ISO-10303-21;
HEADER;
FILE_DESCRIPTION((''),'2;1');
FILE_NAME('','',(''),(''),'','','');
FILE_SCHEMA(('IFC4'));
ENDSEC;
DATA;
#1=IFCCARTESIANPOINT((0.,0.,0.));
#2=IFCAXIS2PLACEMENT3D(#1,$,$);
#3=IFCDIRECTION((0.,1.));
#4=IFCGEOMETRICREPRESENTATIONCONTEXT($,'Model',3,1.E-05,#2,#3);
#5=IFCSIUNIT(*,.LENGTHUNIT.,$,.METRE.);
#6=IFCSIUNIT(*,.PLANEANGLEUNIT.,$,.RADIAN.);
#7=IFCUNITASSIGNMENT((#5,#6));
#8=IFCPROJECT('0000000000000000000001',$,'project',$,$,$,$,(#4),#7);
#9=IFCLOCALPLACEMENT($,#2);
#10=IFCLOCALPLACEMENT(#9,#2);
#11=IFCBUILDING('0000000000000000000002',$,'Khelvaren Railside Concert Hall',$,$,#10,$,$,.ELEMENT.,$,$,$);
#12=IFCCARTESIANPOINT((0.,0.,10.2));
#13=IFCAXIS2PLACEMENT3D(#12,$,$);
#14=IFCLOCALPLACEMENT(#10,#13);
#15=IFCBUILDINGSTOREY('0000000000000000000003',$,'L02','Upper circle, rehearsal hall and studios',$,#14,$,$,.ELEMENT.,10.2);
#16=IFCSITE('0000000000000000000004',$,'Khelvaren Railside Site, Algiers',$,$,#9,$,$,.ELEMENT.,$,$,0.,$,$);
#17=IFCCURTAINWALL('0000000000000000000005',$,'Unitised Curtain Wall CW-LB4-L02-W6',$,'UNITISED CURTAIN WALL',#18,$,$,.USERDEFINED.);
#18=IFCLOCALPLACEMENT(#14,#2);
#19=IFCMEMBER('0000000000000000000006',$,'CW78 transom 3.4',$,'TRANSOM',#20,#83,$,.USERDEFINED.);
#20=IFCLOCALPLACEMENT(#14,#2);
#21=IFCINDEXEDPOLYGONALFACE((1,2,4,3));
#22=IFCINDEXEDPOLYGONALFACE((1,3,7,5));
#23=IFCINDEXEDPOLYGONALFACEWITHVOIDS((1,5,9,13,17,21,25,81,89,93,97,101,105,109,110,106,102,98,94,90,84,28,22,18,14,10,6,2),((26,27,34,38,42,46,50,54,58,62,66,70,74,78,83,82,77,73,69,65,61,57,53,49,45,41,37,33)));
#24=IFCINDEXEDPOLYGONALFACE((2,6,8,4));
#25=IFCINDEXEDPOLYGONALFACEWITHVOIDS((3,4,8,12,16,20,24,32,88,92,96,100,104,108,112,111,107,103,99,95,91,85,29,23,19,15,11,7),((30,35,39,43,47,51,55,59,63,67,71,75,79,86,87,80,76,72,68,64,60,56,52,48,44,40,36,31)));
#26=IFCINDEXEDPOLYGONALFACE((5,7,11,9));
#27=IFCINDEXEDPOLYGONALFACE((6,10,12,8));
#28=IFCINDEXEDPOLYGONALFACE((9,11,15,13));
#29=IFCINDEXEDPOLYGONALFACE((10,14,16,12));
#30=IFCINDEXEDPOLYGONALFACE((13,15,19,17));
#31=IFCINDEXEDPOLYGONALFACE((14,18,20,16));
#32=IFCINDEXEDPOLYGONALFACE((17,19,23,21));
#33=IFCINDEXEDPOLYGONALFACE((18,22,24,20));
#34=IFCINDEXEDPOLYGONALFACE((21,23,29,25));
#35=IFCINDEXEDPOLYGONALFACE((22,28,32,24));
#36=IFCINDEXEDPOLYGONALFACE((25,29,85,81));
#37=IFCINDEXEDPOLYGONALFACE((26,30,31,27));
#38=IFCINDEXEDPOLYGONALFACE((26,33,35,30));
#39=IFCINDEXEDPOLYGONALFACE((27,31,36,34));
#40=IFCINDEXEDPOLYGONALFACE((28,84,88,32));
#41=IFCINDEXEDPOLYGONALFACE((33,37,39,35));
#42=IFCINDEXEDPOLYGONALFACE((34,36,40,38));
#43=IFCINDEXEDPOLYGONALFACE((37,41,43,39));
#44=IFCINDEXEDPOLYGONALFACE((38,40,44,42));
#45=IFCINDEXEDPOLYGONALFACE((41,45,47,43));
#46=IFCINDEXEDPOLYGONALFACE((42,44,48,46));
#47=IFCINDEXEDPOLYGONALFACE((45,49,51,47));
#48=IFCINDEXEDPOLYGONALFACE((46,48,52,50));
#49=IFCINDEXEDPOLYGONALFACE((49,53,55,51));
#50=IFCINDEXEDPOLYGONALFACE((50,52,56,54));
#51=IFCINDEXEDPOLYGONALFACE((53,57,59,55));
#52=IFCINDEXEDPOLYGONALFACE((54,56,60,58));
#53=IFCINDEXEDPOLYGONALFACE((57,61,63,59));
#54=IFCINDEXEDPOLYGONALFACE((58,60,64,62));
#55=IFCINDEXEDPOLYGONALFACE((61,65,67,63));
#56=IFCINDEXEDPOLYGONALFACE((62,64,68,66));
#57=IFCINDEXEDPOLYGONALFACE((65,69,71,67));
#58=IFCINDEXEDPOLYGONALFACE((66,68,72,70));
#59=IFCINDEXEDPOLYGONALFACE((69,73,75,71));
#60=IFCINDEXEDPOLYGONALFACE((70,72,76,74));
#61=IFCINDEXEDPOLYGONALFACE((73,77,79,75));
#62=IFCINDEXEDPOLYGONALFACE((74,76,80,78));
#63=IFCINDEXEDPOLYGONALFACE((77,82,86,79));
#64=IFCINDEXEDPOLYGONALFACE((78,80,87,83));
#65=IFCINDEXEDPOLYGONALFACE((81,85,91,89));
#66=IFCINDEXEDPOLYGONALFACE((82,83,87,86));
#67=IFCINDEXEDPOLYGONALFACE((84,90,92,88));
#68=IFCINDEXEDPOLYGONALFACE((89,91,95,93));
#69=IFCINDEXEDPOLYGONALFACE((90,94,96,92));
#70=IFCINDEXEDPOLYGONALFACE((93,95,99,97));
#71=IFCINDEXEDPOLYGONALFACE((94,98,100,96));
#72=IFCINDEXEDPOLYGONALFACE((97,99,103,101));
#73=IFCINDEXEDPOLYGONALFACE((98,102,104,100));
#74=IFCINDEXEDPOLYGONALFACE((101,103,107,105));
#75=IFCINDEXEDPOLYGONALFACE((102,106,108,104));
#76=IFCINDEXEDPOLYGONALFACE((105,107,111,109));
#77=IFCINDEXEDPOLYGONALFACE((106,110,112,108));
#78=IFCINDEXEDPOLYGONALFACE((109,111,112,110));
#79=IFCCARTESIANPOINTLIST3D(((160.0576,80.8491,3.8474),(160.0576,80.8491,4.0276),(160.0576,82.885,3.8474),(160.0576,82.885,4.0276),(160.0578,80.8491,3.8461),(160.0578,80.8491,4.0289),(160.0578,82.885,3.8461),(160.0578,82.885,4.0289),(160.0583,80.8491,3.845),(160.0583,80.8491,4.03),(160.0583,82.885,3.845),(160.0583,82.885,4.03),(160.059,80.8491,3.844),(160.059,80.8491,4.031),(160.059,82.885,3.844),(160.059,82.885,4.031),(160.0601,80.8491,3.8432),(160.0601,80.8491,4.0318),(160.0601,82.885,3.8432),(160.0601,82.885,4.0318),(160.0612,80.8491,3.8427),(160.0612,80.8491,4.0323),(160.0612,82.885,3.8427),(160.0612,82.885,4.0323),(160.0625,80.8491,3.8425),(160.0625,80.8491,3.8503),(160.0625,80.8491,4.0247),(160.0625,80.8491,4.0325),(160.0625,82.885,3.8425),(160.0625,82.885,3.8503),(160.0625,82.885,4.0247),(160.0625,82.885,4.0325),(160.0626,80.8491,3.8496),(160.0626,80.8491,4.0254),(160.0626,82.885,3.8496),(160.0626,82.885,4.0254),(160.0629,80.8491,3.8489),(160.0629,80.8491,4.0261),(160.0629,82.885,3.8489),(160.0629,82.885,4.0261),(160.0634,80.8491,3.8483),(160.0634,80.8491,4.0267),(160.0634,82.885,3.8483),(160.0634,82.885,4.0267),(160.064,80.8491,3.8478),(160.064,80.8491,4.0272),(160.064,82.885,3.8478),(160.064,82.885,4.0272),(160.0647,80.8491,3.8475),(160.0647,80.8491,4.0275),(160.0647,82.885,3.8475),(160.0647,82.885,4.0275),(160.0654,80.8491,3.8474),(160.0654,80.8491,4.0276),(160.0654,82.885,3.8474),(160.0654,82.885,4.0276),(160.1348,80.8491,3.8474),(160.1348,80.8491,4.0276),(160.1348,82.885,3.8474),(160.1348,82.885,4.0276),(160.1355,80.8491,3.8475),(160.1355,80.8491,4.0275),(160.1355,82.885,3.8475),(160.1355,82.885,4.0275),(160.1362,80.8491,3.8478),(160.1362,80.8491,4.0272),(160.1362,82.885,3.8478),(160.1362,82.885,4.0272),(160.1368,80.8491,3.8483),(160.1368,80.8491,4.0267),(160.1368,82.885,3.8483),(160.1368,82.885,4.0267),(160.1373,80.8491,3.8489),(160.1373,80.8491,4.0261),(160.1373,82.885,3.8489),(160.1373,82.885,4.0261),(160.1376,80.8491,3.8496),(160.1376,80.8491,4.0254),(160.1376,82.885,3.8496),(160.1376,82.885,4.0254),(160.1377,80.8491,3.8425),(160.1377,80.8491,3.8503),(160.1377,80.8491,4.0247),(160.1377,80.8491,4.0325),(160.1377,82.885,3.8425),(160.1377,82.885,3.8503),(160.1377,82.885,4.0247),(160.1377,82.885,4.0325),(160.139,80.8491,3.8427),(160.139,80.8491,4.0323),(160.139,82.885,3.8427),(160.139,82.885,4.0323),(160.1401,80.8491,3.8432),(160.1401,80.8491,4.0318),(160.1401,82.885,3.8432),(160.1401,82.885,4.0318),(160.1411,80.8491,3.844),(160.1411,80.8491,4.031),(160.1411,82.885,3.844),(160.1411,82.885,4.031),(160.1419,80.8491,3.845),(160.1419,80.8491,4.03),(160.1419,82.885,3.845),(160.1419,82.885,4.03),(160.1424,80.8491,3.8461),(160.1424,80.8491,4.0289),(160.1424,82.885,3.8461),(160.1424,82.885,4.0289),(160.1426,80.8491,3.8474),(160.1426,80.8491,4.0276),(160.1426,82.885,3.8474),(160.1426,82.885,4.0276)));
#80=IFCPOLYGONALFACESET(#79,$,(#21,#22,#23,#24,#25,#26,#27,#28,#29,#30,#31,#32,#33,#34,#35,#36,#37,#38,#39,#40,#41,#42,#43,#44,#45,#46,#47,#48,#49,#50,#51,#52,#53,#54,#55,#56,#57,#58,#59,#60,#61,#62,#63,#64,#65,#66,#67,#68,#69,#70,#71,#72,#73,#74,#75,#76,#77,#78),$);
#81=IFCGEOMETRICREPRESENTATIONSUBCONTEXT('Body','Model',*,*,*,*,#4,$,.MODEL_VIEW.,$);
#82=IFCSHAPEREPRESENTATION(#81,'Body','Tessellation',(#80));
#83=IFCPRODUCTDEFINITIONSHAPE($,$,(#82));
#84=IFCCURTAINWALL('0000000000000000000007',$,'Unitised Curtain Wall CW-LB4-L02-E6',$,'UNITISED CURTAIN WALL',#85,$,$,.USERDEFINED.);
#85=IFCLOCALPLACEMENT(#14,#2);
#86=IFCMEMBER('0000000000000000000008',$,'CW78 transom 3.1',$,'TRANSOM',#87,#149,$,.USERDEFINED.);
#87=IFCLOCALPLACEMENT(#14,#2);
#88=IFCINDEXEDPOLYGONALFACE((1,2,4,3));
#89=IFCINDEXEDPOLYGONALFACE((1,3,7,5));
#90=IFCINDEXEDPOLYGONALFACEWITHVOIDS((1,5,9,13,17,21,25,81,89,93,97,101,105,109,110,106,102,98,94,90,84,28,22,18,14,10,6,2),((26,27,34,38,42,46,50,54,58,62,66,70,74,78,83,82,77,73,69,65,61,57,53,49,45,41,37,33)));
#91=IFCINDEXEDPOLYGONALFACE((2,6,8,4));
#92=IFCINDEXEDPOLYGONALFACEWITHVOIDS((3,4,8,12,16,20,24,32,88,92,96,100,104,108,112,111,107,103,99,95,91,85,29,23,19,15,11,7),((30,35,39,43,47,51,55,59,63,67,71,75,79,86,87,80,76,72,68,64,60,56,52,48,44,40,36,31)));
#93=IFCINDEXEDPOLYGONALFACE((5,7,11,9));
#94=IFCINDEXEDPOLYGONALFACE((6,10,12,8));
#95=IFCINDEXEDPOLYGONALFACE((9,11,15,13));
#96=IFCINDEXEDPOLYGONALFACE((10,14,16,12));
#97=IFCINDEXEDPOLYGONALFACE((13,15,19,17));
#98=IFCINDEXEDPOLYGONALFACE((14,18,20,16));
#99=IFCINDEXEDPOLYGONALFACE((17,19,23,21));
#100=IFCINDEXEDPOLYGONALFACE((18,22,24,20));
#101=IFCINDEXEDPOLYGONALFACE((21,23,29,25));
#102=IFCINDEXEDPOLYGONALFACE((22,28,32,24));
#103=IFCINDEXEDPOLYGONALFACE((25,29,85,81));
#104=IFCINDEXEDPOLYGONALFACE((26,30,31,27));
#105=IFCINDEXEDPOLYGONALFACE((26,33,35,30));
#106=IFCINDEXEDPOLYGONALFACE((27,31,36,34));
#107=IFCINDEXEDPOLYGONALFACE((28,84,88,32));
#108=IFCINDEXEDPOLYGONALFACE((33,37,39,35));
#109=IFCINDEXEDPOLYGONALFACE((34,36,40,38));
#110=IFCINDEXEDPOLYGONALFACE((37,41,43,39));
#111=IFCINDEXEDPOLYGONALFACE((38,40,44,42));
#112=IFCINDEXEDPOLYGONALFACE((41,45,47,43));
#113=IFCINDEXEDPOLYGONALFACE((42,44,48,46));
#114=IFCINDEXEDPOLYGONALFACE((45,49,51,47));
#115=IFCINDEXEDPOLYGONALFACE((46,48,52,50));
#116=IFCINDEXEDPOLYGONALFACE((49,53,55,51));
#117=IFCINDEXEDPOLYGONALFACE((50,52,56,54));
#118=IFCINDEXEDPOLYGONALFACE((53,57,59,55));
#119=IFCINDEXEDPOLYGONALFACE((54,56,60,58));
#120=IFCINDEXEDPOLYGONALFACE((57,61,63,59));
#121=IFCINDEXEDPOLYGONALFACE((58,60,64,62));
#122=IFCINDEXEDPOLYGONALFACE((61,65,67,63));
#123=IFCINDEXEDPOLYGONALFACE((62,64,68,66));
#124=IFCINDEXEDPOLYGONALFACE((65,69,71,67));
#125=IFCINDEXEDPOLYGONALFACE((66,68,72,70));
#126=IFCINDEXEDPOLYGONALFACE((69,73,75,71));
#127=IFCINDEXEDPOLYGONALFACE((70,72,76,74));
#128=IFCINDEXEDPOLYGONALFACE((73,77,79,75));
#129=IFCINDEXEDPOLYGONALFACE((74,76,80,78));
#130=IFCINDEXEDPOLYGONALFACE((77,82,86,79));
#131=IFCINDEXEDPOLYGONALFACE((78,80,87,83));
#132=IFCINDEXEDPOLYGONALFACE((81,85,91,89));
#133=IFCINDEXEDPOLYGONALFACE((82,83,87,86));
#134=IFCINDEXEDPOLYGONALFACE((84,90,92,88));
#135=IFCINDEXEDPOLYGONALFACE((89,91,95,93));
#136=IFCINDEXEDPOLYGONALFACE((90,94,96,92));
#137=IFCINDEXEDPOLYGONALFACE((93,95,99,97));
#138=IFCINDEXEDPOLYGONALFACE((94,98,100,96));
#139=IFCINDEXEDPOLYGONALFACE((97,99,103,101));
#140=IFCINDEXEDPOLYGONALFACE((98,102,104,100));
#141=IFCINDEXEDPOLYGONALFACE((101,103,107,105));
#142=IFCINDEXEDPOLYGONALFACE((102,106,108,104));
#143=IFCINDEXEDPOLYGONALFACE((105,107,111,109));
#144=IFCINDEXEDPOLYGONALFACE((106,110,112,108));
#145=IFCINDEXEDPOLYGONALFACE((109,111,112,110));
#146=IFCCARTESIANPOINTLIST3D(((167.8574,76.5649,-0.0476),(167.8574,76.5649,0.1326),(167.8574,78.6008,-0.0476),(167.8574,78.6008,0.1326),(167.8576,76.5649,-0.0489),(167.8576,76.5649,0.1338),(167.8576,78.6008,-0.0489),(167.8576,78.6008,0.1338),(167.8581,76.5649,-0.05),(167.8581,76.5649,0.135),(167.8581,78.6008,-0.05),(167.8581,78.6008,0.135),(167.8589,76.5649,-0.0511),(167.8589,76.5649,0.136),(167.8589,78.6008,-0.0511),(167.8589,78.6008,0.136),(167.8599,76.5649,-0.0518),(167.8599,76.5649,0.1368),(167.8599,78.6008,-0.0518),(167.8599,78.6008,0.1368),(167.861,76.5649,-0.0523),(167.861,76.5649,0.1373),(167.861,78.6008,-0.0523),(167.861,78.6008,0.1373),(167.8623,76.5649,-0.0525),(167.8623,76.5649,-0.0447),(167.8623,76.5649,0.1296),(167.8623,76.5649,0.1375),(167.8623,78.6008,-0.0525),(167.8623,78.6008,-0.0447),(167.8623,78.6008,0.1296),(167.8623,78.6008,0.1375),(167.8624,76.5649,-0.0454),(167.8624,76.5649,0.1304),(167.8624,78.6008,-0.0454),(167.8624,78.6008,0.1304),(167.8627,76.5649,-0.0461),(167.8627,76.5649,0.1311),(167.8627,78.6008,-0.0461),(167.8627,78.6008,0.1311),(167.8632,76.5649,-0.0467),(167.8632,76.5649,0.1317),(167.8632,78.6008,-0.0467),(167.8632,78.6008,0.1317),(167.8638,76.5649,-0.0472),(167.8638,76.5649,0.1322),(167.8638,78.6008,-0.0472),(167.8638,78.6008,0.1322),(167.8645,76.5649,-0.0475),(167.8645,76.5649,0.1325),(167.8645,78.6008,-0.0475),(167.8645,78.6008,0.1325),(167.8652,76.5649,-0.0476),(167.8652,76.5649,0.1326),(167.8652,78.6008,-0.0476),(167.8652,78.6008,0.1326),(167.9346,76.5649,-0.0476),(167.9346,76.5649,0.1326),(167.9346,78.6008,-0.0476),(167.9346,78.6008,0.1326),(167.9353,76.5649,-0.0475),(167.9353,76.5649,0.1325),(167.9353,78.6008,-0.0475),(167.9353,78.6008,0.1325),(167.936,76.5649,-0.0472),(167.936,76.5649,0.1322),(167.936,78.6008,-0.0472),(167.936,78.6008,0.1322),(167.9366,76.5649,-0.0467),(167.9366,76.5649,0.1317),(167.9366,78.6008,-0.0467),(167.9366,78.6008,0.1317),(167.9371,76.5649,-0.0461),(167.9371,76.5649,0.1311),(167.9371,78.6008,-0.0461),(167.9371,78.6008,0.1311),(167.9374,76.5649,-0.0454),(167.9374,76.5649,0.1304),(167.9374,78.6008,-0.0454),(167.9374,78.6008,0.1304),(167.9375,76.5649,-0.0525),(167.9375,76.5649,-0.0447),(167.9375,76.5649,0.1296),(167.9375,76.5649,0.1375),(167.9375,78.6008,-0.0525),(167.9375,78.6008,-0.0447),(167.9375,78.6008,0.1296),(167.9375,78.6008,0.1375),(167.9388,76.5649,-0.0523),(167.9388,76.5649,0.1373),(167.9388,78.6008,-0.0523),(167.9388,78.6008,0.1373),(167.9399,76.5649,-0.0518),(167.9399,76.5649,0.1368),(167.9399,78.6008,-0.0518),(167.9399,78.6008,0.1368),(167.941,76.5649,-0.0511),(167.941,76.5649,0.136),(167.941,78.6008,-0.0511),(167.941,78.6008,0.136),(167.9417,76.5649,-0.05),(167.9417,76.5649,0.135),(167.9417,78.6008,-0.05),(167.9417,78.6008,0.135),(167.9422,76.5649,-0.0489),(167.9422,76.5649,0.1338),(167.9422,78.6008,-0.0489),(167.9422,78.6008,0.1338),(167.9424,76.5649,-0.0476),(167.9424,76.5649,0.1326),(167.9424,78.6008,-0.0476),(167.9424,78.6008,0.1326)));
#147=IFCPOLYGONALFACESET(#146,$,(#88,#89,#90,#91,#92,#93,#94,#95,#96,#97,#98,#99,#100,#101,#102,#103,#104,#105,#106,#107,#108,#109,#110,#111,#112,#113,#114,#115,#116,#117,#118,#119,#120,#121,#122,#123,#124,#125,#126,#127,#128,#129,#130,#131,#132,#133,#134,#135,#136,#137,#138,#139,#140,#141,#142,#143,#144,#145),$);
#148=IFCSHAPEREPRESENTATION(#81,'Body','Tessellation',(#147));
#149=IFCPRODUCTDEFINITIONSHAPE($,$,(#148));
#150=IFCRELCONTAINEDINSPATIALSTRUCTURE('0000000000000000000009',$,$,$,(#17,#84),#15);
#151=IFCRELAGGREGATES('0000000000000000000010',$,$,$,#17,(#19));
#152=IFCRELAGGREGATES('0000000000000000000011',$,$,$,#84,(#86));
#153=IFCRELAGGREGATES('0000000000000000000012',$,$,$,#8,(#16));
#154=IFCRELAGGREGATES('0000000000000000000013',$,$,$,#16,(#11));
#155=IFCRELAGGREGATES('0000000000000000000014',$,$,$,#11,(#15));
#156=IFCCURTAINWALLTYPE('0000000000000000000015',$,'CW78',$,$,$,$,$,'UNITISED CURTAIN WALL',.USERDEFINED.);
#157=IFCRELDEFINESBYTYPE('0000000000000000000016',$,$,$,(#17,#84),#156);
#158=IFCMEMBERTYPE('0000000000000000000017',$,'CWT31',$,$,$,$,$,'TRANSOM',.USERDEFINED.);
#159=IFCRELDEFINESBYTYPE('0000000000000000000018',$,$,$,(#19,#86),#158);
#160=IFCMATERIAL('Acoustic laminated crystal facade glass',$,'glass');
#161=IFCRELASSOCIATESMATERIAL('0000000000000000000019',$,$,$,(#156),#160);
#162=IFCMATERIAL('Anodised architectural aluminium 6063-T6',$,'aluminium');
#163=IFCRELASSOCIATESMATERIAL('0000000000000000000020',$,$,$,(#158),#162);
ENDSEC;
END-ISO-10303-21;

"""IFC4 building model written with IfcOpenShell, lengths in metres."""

from ifc_helpers import new_model, si_unit, direction, frame, origin, origin_2d, place, context, subcontext, project, spatial, hollow_rectangle, extrude, material, material_profile, profile_set, type_object, element, aggregate, save


model = new_model("IFC4")

# Units and contexts
model_context = context("Model", 3, precision=1e-05, world=origin(), true_north=direction((0.0, 1.0)))
body_context = subcontext(model_context, "Body", "Model", "MODEL_VIEW")
ifc_project = project(units=[si_unit("LENGTHUNIT", "METRE"), si_unit("PLANEANGLEUNIT", "RADIAN")], contexts=[model_context])

# Site, building, storey
site_placement = place(None, origin())
site = spatial("IfcSite", under=ifc_project, at=site_placement, Name="Khelvaren Railside Site, Algiers", CompositionType="ELEMENT", RefElevation=0.0)
building_placement = place(site_placement, origin())
building = spatial("IfcBuilding", under=site, at=building_placement, Name="Khelvaren Railside Concert Hall", CompositionType="ELEMENT")
storey_placement = place(building_placement, frame((0.0, 0.0, 10.2)))
storey = spatial("IfcBuildingStorey", under=building, at=storey_placement, Name="L02", Description="Upper circle, rehearsal hall and studios", CompositionType="ELEMENT", Elevation=10.2)

# Curtain walls, members
ifc_material_1 = material(Name="Acoustic laminated crystal facade glass", Category="glass")
curtain_wall_type = type_object("IfcCurtainWallType", Name="CW78", ElementType="UNITISED CURTAIN WALL", PredefinedType="USERDEFINED", material=ifc_material_1)
curtain_wall_1_placement = place(storey_placement, origin())
curtain_wall_1 = element("IfcCurtainWall", 1, at=curtain_wall_1_placement, inside=storey, type_object=curtain_wall_type, Name="Unitised Curtain Wall CW-LB4-L02-W6", ObjectType="UNITISED CURTAIN WALL", PredefinedType="USERDEFINED")
ifc_material_2 = material(Name="Anodised architectural aluminium 6063-T6", Category="aluminium")
ifc_material_profile_1 = material_profile(ifc_material_2, hollow_rectangle(XDim=0.085, YDim=0.1899, WallThickness=0.0049, InnerFilletRadius=0.0029, OuterFilletRadius=0.0049, at=origin_2d()), Name="CWT 85x190x5")
ifc_profile_set_1 = profile_set([ifc_material_profile_1], Name="Anodised architectural aluminium 6063-T6")
member_type_1 = type_object("IfcMemberType", Name="CWT31", ElementType="TRANSOM", PredefinedType="USERDEFINED", material=ifc_profile_set_1)
member_1_placement = place(storey_placement, frame((160.1001, 80.8491, 3.9375), z_axis=(0.0, 1.0, 0.0), x_axis=(-1.0, 0.0, 0.0)))
member_1 = element("IfcMember", 2, at=member_1_placement, type_object=member_type_1, Name="CW78 transom 3.4", ObjectType="TRANSOM", PredefinedType="USERDEFINED", context=body_context, shape_type="SweptSolid", body=[
    extrude(hollow_rectangle(XDim=0.085, YDim=0.1899, WallThickness=0.0049, InnerFilletRadius=0.0029, OuterFilletRadius=0.0049, at=origin_2d()), origin(), (0.0, 0.0, 1.0), 2.0359),
])
curtain_wall_2_placement = place(storey_placement, origin())
curtain_wall_2 = element("IfcCurtainWall", 3, at=curtain_wall_2_placement, inside=storey, type_object=curtain_wall_type, Name="Unitised Curtain Wall CW-LB4-L02-E6", ObjectType="UNITISED CURTAIN WALL", PredefinedType="USERDEFINED")
member_2_placement = place(storey_placement, frame((167.8999, 78.6008, 0.0425), z_axis=(0.0, -1.0, 0.0), x_axis=(1.0, 0.0, 0.0)))
member_2 = element("IfcMember", 4, at=member_2_placement, type_object=member_type_1, Name="CW78 transom 3.1", ObjectType="TRANSOM", PredefinedType="USERDEFINED", context=body_context, shape_type="SweptSolid", body=[
    extrude(hollow_rectangle(XDim=0.085, YDim=0.1899, WallThickness=0.0049, InnerFilletRadius=0.0029, OuterFilletRadius=0.0049, at=origin_2d()), origin(), (0.0, 0.0, 1.0), 2.0359),
])

aggregate(curtain_wall_1, [member_1])
aggregate(curtain_wall_2, [member_2])

save(model, "model.ifc")
